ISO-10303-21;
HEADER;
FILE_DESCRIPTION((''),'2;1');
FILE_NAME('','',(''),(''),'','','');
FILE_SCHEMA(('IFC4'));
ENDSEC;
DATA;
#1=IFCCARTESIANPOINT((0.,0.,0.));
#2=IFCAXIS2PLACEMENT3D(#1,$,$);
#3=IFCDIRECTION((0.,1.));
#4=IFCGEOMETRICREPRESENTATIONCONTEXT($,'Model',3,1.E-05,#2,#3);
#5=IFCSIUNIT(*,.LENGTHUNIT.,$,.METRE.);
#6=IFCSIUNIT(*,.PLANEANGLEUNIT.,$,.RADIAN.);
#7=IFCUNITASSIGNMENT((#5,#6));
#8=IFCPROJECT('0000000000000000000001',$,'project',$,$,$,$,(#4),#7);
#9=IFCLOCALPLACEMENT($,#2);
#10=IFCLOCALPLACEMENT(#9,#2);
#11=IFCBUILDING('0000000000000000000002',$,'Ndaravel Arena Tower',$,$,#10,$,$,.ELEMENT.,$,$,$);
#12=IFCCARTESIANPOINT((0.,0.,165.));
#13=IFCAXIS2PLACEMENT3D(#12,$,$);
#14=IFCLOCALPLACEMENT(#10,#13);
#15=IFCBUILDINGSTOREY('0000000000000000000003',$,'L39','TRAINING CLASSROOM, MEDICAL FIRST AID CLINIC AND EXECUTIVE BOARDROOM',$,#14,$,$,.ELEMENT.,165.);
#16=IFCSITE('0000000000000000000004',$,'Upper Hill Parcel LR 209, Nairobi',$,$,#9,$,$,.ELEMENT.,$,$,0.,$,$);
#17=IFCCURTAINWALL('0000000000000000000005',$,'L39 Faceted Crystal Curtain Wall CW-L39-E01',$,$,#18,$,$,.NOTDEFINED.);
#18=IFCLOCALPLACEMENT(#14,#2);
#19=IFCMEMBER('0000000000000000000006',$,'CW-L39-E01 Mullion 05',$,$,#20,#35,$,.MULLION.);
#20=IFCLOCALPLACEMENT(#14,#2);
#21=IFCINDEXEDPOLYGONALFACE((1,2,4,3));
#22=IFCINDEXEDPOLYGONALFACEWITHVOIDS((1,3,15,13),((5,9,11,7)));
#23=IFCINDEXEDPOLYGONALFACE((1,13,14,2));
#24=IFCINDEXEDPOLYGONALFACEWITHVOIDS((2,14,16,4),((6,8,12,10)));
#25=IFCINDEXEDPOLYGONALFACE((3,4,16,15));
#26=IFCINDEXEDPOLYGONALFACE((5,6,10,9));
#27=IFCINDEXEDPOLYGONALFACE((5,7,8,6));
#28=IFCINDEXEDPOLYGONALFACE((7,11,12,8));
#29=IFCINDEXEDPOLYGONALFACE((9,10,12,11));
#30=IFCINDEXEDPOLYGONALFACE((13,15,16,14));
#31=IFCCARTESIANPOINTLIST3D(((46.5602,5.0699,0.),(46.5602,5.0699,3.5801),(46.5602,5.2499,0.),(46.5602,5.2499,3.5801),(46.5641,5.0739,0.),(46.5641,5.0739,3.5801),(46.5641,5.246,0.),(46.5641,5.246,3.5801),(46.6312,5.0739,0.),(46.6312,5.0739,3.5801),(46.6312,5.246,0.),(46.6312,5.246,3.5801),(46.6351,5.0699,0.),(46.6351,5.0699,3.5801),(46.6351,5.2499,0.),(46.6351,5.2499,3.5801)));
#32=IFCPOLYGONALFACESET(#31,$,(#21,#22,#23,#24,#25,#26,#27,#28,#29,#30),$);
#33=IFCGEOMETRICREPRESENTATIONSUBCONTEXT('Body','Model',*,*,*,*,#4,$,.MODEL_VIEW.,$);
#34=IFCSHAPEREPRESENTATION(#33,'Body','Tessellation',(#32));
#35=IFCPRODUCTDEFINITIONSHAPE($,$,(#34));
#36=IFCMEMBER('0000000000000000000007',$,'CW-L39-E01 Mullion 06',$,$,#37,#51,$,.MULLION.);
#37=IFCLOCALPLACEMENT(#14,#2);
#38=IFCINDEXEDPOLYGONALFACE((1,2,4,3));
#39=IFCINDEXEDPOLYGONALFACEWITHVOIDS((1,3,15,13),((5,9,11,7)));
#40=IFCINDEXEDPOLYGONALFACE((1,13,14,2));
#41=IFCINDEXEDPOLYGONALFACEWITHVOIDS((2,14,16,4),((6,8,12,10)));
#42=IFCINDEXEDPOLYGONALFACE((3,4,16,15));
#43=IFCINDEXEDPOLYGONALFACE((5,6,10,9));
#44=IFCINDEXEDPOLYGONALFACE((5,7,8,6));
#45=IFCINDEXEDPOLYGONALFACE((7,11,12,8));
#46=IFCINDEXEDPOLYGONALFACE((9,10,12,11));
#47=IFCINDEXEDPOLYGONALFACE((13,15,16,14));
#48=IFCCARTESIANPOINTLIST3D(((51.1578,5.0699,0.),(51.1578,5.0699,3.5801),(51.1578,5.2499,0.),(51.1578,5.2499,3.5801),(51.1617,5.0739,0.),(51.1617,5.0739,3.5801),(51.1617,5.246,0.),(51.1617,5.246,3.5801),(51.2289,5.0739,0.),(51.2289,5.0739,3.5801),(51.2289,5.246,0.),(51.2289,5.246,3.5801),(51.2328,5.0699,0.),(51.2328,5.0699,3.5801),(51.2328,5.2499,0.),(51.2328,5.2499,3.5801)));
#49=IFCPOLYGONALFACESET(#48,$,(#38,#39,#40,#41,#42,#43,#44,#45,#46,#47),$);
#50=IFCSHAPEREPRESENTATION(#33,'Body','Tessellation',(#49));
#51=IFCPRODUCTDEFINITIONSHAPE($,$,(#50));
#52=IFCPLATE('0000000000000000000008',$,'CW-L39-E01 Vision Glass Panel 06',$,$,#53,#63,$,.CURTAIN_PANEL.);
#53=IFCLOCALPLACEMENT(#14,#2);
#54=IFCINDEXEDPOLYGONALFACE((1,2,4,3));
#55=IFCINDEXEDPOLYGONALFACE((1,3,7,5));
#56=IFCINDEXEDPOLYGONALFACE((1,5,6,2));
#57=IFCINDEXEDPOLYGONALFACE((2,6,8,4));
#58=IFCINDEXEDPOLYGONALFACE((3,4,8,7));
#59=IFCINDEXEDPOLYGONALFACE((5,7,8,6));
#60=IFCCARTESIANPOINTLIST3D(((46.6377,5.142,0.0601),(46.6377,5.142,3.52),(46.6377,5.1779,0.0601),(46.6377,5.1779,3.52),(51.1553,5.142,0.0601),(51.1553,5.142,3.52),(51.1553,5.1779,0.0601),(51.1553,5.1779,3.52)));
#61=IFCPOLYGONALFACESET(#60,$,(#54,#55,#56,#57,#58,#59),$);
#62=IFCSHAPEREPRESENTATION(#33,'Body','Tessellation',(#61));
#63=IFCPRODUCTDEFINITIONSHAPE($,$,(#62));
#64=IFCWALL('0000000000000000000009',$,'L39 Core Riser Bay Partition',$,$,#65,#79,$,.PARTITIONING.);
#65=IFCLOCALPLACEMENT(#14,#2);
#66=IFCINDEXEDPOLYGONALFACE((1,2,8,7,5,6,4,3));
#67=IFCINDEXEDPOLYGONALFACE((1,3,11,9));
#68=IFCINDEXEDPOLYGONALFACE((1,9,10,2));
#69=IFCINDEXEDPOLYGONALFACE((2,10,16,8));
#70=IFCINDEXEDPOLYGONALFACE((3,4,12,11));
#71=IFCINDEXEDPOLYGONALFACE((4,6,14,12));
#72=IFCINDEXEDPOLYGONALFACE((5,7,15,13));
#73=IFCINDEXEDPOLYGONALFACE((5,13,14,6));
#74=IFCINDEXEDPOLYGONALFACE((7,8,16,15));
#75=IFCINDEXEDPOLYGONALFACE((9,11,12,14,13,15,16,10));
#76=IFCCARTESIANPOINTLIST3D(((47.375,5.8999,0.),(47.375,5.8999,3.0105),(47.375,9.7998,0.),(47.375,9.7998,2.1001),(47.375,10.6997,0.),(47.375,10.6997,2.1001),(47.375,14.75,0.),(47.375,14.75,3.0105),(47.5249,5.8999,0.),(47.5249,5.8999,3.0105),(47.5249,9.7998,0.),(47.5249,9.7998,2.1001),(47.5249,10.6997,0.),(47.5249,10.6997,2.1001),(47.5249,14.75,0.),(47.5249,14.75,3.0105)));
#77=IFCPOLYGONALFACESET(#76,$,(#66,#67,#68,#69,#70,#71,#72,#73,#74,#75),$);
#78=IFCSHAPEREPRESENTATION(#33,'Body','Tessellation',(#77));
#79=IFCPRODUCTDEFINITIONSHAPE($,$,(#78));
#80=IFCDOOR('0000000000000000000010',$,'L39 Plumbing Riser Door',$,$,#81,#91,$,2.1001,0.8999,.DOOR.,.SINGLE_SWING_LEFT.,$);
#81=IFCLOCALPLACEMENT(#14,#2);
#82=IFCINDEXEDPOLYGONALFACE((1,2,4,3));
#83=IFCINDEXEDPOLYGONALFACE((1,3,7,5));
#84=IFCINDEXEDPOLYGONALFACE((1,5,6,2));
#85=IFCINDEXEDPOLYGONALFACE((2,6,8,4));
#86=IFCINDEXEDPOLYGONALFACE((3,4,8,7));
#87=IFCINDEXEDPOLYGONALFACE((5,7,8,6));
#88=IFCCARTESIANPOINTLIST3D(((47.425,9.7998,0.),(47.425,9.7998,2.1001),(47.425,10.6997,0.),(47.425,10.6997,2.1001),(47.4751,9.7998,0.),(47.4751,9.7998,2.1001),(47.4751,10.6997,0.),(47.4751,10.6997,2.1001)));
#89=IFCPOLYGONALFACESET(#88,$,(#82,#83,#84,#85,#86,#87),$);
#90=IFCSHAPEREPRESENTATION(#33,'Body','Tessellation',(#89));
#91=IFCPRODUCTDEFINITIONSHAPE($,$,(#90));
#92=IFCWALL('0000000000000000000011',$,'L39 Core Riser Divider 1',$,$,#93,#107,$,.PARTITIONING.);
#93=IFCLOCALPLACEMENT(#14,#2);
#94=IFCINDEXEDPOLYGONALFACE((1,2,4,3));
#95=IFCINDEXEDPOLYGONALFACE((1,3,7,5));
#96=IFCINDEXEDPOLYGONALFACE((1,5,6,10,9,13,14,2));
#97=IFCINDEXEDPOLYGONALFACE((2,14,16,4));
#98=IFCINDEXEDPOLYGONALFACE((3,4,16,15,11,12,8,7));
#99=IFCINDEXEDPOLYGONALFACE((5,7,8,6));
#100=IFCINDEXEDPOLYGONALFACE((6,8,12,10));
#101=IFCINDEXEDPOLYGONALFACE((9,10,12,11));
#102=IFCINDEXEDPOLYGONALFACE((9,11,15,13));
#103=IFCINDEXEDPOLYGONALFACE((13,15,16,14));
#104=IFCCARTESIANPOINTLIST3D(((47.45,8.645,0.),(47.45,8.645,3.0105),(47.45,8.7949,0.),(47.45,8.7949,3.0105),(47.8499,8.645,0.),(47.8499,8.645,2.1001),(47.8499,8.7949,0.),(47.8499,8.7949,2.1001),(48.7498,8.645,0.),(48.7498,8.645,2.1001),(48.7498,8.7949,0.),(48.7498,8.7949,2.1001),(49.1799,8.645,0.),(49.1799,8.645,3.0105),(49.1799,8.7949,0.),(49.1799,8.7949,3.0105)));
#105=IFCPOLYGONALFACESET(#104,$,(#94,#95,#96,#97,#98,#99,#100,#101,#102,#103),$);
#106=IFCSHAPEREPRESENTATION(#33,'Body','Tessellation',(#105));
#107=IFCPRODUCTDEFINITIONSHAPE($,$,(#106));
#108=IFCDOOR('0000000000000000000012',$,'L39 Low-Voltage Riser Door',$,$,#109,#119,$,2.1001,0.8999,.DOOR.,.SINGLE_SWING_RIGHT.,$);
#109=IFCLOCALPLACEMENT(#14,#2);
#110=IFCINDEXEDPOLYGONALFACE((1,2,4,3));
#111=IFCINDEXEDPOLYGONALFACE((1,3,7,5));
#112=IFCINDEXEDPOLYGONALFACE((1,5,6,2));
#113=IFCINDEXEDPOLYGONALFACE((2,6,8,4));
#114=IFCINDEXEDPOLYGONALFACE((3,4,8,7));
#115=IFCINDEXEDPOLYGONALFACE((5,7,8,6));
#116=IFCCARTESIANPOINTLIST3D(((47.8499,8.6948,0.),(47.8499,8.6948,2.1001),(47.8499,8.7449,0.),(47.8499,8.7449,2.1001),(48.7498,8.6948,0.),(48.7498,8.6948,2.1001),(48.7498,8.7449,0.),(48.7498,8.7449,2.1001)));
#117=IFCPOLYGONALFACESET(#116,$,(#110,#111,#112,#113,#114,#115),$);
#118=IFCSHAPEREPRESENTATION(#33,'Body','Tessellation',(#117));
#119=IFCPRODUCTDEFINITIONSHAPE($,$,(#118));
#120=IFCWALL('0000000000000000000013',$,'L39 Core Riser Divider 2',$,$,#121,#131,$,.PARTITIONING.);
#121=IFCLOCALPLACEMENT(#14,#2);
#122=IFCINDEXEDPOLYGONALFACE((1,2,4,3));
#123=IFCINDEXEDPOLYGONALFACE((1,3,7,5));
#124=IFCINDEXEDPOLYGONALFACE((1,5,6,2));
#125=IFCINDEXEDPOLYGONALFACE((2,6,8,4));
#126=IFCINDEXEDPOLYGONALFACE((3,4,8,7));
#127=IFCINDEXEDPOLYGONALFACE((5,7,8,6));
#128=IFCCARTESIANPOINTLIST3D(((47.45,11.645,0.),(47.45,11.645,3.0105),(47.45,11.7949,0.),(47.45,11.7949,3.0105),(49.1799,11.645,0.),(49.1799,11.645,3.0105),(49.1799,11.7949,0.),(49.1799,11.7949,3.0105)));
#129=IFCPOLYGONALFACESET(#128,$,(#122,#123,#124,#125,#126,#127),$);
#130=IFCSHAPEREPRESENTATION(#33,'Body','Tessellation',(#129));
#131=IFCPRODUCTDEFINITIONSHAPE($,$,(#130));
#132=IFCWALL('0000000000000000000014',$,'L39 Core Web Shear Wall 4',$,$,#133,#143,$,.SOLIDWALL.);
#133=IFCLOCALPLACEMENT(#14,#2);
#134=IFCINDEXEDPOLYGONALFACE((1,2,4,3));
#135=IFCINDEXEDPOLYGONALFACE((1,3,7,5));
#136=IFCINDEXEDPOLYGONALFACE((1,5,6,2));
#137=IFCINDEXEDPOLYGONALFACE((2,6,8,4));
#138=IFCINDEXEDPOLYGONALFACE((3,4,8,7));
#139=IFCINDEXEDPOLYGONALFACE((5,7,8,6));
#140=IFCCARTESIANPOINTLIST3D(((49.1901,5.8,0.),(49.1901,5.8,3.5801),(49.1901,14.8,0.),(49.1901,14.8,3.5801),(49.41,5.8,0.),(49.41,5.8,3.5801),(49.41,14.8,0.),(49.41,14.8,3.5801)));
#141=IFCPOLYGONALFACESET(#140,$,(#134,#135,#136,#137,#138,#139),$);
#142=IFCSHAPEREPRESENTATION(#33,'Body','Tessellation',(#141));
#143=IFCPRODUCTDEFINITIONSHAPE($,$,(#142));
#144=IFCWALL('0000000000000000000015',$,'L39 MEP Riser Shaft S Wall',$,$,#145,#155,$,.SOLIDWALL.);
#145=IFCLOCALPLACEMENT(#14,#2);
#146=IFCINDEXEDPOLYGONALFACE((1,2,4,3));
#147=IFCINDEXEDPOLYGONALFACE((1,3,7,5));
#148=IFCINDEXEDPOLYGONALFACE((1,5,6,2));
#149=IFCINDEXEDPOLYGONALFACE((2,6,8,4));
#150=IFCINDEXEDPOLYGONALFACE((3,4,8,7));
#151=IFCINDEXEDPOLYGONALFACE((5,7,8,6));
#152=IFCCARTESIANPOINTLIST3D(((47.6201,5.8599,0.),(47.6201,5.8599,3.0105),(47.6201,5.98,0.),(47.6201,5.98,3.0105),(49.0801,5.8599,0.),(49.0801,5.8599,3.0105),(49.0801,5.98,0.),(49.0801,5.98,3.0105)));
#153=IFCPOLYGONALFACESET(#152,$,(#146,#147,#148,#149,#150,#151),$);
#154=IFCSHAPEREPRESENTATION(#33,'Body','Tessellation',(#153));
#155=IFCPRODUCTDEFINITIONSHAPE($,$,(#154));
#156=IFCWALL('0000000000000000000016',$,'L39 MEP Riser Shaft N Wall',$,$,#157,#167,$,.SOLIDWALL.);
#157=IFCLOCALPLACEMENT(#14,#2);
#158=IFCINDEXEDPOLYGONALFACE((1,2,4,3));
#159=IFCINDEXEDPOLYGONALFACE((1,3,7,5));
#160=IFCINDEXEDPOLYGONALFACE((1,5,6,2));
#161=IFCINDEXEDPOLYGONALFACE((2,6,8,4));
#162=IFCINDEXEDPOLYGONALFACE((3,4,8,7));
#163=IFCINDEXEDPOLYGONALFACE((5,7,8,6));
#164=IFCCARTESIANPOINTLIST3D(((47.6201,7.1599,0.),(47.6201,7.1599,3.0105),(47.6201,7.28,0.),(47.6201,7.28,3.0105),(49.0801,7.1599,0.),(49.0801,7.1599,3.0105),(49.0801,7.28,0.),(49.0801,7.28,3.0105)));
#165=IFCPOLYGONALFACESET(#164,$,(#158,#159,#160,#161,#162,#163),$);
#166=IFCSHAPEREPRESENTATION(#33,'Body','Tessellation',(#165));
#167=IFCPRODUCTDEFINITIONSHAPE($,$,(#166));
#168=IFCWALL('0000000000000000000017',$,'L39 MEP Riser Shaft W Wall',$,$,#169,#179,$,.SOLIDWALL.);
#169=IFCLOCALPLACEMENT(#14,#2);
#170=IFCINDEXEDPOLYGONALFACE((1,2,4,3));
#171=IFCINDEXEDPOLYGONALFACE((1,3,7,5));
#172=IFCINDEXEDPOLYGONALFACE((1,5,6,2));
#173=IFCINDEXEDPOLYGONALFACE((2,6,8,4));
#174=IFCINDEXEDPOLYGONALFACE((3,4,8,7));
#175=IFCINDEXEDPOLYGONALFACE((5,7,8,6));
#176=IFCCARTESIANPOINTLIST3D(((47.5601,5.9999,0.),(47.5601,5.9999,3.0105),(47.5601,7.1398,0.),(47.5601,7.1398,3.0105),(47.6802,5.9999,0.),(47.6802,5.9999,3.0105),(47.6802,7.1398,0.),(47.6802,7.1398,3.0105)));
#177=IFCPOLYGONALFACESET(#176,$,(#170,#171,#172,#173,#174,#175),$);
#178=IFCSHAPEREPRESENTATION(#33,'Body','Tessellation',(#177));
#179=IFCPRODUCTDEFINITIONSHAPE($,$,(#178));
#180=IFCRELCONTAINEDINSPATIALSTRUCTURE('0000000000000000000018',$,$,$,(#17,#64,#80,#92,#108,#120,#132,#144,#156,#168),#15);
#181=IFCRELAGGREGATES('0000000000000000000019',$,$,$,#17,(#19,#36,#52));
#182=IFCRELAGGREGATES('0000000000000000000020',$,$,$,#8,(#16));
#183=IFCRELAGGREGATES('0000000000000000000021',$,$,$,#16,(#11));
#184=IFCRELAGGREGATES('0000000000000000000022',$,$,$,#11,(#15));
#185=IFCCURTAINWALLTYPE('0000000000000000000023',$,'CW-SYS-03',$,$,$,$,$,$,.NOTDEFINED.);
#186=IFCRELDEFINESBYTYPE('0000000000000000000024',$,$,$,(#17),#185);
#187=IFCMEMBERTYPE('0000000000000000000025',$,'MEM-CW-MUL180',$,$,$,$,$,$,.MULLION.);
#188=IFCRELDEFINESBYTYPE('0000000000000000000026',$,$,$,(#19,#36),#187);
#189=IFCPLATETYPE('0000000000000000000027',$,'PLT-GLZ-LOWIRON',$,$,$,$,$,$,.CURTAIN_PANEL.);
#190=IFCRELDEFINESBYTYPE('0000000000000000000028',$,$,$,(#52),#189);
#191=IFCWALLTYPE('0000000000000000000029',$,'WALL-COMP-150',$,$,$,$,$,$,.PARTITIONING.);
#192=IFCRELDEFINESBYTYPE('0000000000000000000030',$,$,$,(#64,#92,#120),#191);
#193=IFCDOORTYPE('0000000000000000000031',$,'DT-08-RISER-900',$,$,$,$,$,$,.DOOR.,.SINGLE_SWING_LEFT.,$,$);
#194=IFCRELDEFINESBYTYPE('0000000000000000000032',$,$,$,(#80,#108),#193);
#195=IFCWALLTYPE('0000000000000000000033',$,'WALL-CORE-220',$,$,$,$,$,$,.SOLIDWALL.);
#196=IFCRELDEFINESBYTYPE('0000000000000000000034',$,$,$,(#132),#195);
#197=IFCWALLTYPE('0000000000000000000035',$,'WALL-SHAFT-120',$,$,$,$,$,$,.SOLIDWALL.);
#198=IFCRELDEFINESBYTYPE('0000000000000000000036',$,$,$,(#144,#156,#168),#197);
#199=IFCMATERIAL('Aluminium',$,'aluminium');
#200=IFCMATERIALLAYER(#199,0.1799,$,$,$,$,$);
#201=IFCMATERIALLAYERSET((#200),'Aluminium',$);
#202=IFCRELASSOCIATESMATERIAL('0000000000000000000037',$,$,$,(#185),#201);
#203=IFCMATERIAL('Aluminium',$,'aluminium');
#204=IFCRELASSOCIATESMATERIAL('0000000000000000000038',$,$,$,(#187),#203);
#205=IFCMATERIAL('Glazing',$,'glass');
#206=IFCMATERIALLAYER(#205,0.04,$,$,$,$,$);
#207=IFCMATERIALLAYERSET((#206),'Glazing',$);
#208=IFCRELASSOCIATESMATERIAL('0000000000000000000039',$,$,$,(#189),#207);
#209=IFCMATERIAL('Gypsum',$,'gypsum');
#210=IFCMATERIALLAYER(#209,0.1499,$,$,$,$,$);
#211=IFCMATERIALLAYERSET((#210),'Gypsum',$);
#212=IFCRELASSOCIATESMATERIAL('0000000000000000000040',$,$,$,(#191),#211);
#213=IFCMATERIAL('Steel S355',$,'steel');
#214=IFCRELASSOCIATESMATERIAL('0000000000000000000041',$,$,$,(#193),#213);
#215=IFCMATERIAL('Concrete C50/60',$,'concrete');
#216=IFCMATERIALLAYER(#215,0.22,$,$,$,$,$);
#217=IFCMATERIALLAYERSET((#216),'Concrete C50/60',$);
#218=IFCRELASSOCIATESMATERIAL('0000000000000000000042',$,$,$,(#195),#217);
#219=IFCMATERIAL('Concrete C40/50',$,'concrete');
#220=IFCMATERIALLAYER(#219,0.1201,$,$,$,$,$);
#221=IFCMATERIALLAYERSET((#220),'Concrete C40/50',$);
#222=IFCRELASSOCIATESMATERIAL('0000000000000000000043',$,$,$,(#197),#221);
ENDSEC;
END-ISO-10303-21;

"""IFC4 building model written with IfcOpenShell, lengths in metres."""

from ifc_helpers import new_model, si_unit, direction, frame, frame_2d, origin, origin_2d, place, context, subcontext, project, spatial, rectangle, hollow_rectangle, extrude, material, layer, layer_set, material_profile, profile_set, type_object, element, fill, aggregate, save


model = new_model("IFC4")

# Units and contexts
model_context = context("Model", 3, precision=1e-05, world=origin(), true_north=direction((0.0, 1.0)))
body_context = subcontext(model_context, "Body", "Model", "MODEL_VIEW")
ifc_project = project(units=[si_unit("LENGTHUNIT", "METRE"), si_unit("PLANEANGLEUNIT", "RADIAN")], contexts=[model_context])

# Site, building, storey
site_placement = place(None, origin())
site = spatial("IfcSite", under=ifc_project, at=site_placement, Name="Upper Hill Parcel LR 209, Nairobi", CompositionType="ELEMENT", RefElevation=0.0)
building_placement = place(site_placement, origin())
building = spatial("IfcBuilding", under=site, at=building_placement, Name="Ndaravel Arena Tower", CompositionType="ELEMENT")
storey_placement = place(building_placement, frame((0.0, 0.0, 165.0)))
storey = spatial("IfcBuildingStorey", under=building, at=storey_placement, Name="L39", Description="TRAINING CLASSROOM, MEDICAL FIRST AID CLINIC AND EXECUTIVE BOARDROOM", CompositionType="ELEMENT", Elevation=165.0)

# Curtain wall, members, plate
ifc_material_1 = material(Name="Aluminium", Category="aluminium")
ifc_layer_1 = layer(ifc_material_1, 0.1799)
ifc_layer_set_1 = layer_set([ifc_layer_1], Name="Aluminium")
curtain_wall_type = type_object("IfcCurtainWallType", Name="CW-SYS-03", PredefinedType="NOTDEFINED", material=ifc_layer_set_1)
curtain_wall_placement = place(storey_placement, origin())
curtain_wall = element("IfcCurtainWall", 1, at=curtain_wall_placement, inside=storey, type_object=curtain_wall_type, Name="L39 Faceted Crystal Curtain Wall CW-L39-E01", PredefinedType="NOTDEFINED")
ifc_material_2 = material(Name="Aluminium", Category="aluminium")
ifc_material_profile = material_profile(ifc_material_2, hollow_rectangle(XDim=0.075, YDim=0.1799, WallThickness=0.0039, at=origin_2d()), Name="CW MULLION 75x180x4")
ifc_profile_set = profile_set([ifc_material_profile], Name="Aluminium")
member_type = type_object("IfcMemberType", Name="MEM-CW-MUL180", PredefinedType="MULLION", material=ifc_profile_set)
member_1_placement = place(storey_placement, frame((46.5977, 5.1599, 0.0), z_axis=(0.0, 0.0, 1.0), x_axis=(1.0, 0.0, 0.0)))
member_1 = element("IfcMember", 2, at=member_1_placement, type_object=member_type, Name="CW-L39-E01 Mullion 05", PredefinedType="MULLION", context=body_context, shape_type="SweptSolid", body=[
    extrude(hollow_rectangle(XDim=0.075, YDim=0.1799, WallThickness=0.0039, at=origin_2d()), origin(), (0.0, 0.0, 1.0), 3.5801),
])
member_2_placement = place(storey_placement, frame((51.1953, 5.1599, 0.0), z_axis=(0.0, 0.0, 1.0), x_axis=(1.0, 0.0, 0.0)))
member_2 = element("IfcMember", 3, at=member_2_placement, type_object=member_type, Name="CW-L39-E01 Mullion 06", PredefinedType="MULLION", context=body_context, shape_type="SweptSolid", body=[
    extrude(hollow_rectangle(XDim=0.075, YDim=0.1799, WallThickness=0.0039, at=origin_2d()), origin(), (0.0, 0.0, 1.0), 3.5801),
])
ifc_material_3 = material(Name="Glazing", Category="glass")
ifc_layer_2 = layer(ifc_material_3, 0.04)
ifc_layer_set_2 = layer_set([ifc_layer_2], Name="Glazing")
plate_type = type_object("IfcPlateType", Name="PLT-GLZ-LOWIRON", PredefinedType="CURTAIN_PANEL", material=ifc_layer_set_2)
plate_placement = place(storey_placement, frame((48.8965, 5.1599, 0.0601), z_axis=(0.0, 0.0, 1.0), x_axis=(1.0, 0.0, 0.0)))
plate = element("IfcPlate", 4, at=plate_placement, type_object=plate_type, Name="CW-L39-E01 Vision Glass Panel 06", PredefinedType="CURTAIN_PANEL", context=body_context, shape_type="SweptSolid", body=[
    extrude(rectangle(XDim=4.5176, YDim=0.0359, at=origin_2d()), origin(), (0.0, 0.0, 1.0), 3.46),
])
aggregate(curtain_wall, [member_1, member_2, plate])

# Walls, openings, doors
ifc_material_4 = material(Name="Gypsum", Category="gypsum")
ifc_layer_3 = layer(ifc_material_4, 0.1499)
ifc_layer_set_3 = layer_set([ifc_layer_3], Name="Gypsum")
wall_type_1 = type_object("IfcWallType", Name="WALL-COMP-150", PredefinedType="PARTITIONING", material=ifc_layer_set_3)
wall_1_placement = place(storey_placement, frame((47.45, 5.8999, 0.0), z_axis=(0.0, 0.0, 1.0), x_axis=(0.0, 1.0, 0.0)))
wall_1 = element("IfcWall", 5, at=wall_1_placement, inside=storey, type_object=wall_type_1, Name="L39 Core Riser Bay Partition", PredefinedType="PARTITIONING", context=body_context, shape_type="SweptSolid", body=[
    extrude(rectangle(XDim=8.8501, YDim=0.1499, at=frame_2d((4.425, 0.0))), origin(), (0.0, 0.0, 1.0), 3.0105),
])
opening_1_placement = place(wall_1_placement, frame((3.8999, 0.0, 0.0)))
opening_1 = element("IfcOpeningElement", 6, at=opening_1_placement, cuts=wall_1, PredefinedType="OPENING", context=body_context, shape_type="SweptSolid", body=[
    extrude(rectangle(XDim=0.8999, YDim=2.1001, at=frame_2d((0.45, 1.05))), frame((0.0, 0.075, 0.0), z_axis=(0.0, -1.0, 0.0), x_axis=(1.0, 0.0, 0.0)), (0.0, 0.0, 1.0), 0.1499),
])
ifc_material_5 = material(Name="Steel S355", Category="steel")
door_type_1 = type_object("IfcDoorType", Name="DT-08-RISER-900", OperationType="SINGLE_SWING_LEFT", PredefinedType="DOOR", material=ifc_material_5)
door_1_placement = place(opening_1_placement, origin())
door_1 = element("IfcDoor", 7, at=door_1_placement, inside=storey, type_object=door_type_1, Name="L39 Plumbing Riser Door", OperationType="SINGLE_SWING_LEFT", OverallHeight=2.1001, OverallWidth=0.8999, PredefinedType="DOOR", context=body_context, shape_type="SweptSolid", body=[
    extrude(rectangle(XDim=0.8999, YDim=2.1001, at=frame_2d((0.45, 1.05))), frame((0.0, 0.0249, 0.0), z_axis=(0.0, -1.0, 0.0), x_axis=(1.0, 0.0, 0.0)), (0.0, 0.0, 1.0), 0.05),
])
fill(opening_1, door_1)
wall_2_placement = place(storey_placement, frame((47.45, 8.72, 0.0), z_axis=(0.0, 0.0, 1.0), x_axis=(1.0, 0.0, 0.0)))
wall_2 = element("IfcWall", 8, at=wall_2_placement, inside=storey, type_object=wall_type_1, Name="L39 Core Riser Divider 1", PredefinedType="PARTITIONING", context=body_context, shape_type="SweptSolid", body=[
    extrude(rectangle(XDim=1.73, YDim=0.1499, at=frame_2d((0.865, 0.0))), origin(), (0.0, 0.0, 1.0), 3.0105),
])
opening_2_placement = place(wall_2_placement, frame((0.3999, 0.0, 0.0)))
opening_2 = element("IfcOpeningElement", 9, at=opening_2_placement, cuts=wall_2, PredefinedType="OPENING", context=body_context, shape_type="SweptSolid", body=[
    extrude(rectangle(XDim=0.8999, YDim=2.1001, at=frame_2d((0.45, 1.05))), frame((0.0, 0.075, 0.0), z_axis=(0.0, -1.0, 0.0), x_axis=(1.0, 0.0, 0.0)), (0.0, 0.0, 1.0), 0.1499),
])
door_2_placement = place(opening_2_placement, origin())
door_2 = element("IfcDoor", 10, at=door_2_placement, inside=storey, type_object=door_type_1, Name="L39 Low-Voltage Riser Door", OperationType="SINGLE_SWING_RIGHT", OverallHeight=2.1001, OverallWidth=0.8999, PredefinedType="DOOR", context=body_context, shape_type="SweptSolid", body=[
    extrude(rectangle(XDim=0.8999, YDim=2.1001, at=frame_2d((0.45, 1.05))), frame((0.0, 0.0249, 0.0), z_axis=(0.0, -1.0, 0.0), x_axis=(1.0, 0.0, 0.0)), (0.0, 0.0, 1.0), 0.05),
])
fill(opening_2, door_2)

# Walls
wall_3_placement = place(storey_placement, frame((47.45, 11.72, 0.0), z_axis=(0.0, 0.0, 1.0), x_axis=(1.0, 0.0, 0.0)))
element("IfcWall", 11, at=wall_3_placement, inside=storey, type_object=wall_type_1, Name="L39 Core Riser Divider 2", PredefinedType="PARTITIONING", context=body_context, shape_type="SweptSolid", body=[
    extrude(rectangle(XDim=1.73, YDim=0.1499, at=frame_2d((0.865, 0.0))), origin(), (0.0, 0.0, 1.0), 3.0105),
])
ifc_material_6 = material(Name="Concrete C50/60", Category="concrete")
ifc_layer_4 = layer(ifc_material_6, 0.22)
ifc_layer_set_4 = layer_set([ifc_layer_4], Name="Concrete C50/60")
wall_type_2 = type_object("IfcWallType", Name="WALL-CORE-220", PredefinedType="SOLIDWALL", material=ifc_layer_set_4)
wall_4_placement = place(storey_placement, frame((49.3, 5.8, 0.0), z_axis=(0.0, 0.0, 1.0), x_axis=(0.0, 1.0, 0.0)))
element("IfcWall", 12, at=wall_4_placement, inside=storey, type_object=wall_type_2, Name="L39 Core Web Shear Wall 4", PredefinedType="SOLIDWALL", context=body_context, shape_type="SweptSolid", body=[
    extrude(rectangle(XDim=9.0, YDim=0.22, at=frame_2d((4.5, 0.0))), origin(), (0.0, 0.0, 1.0), 3.5801),
])
ifc_material_7 = material(Name="Concrete C40/50", Category="concrete")
ifc_layer_5 = layer(ifc_material_7, 0.1201)
ifc_layer_set_5 = layer_set([ifc_layer_5], Name="Concrete C40/50")
wall_type_3 = type_object("IfcWallType", Name="WALL-SHAFT-120", PredefinedType="SOLIDWALL", material=ifc_layer_set_5)
for number, where, z_axis, x_axis, name in (
    (13, (47.6201, 5.9199, 0.0), (0.0, 0.0, 1.0), (1.0, 0.0, 0.0), "L39 MEP Riser Shaft S Wall"),
    (14, (47.6201, 7.22, 0.0), (0.0, 0.0, 1.0), (1.0, 0.0, 0.0), "L39 MEP Riser Shaft N Wall"),
):
    element("IfcWall", number, at=place(storey_placement, frame(where, z_axis=z_axis, x_axis=x_axis)), inside=storey, type_object=wall_type_3, Name=name, PredefinedType="SOLIDWALL", context=body_context, shape_type="SweptSolid", body=[
        extrude(rectangle(XDim=1.46, YDim=0.1201, at=frame_2d((0.73, 0.0))), origin(), (0.0, 0.0, 1.0), 3.0105),
    ])
for number, where, z_axis, x_axis, name in (
    (15, (47.6201, 6.0, 0.0), (0.0, 0.0, 1.0), (0.0, 1.0, 0.0), "L39 MEP Riser Shaft W Wall"),
):
    element("IfcWall", number, at=place(storey_placement, frame(where, z_axis=z_axis, x_axis=x_axis)), inside=storey, type_object=wall_type_3, Name=name, PredefinedType="SOLIDWALL", context=body_context, shape_type="SweptSolid", body=[
        extrude(rectangle(XDim=1.1399, YDim=0.1201, at=frame_2d((0.5698, 0.0))), origin(), (0.0, 0.0, 1.0), 3.0105),
    ])

save(model, "model.ifc")
